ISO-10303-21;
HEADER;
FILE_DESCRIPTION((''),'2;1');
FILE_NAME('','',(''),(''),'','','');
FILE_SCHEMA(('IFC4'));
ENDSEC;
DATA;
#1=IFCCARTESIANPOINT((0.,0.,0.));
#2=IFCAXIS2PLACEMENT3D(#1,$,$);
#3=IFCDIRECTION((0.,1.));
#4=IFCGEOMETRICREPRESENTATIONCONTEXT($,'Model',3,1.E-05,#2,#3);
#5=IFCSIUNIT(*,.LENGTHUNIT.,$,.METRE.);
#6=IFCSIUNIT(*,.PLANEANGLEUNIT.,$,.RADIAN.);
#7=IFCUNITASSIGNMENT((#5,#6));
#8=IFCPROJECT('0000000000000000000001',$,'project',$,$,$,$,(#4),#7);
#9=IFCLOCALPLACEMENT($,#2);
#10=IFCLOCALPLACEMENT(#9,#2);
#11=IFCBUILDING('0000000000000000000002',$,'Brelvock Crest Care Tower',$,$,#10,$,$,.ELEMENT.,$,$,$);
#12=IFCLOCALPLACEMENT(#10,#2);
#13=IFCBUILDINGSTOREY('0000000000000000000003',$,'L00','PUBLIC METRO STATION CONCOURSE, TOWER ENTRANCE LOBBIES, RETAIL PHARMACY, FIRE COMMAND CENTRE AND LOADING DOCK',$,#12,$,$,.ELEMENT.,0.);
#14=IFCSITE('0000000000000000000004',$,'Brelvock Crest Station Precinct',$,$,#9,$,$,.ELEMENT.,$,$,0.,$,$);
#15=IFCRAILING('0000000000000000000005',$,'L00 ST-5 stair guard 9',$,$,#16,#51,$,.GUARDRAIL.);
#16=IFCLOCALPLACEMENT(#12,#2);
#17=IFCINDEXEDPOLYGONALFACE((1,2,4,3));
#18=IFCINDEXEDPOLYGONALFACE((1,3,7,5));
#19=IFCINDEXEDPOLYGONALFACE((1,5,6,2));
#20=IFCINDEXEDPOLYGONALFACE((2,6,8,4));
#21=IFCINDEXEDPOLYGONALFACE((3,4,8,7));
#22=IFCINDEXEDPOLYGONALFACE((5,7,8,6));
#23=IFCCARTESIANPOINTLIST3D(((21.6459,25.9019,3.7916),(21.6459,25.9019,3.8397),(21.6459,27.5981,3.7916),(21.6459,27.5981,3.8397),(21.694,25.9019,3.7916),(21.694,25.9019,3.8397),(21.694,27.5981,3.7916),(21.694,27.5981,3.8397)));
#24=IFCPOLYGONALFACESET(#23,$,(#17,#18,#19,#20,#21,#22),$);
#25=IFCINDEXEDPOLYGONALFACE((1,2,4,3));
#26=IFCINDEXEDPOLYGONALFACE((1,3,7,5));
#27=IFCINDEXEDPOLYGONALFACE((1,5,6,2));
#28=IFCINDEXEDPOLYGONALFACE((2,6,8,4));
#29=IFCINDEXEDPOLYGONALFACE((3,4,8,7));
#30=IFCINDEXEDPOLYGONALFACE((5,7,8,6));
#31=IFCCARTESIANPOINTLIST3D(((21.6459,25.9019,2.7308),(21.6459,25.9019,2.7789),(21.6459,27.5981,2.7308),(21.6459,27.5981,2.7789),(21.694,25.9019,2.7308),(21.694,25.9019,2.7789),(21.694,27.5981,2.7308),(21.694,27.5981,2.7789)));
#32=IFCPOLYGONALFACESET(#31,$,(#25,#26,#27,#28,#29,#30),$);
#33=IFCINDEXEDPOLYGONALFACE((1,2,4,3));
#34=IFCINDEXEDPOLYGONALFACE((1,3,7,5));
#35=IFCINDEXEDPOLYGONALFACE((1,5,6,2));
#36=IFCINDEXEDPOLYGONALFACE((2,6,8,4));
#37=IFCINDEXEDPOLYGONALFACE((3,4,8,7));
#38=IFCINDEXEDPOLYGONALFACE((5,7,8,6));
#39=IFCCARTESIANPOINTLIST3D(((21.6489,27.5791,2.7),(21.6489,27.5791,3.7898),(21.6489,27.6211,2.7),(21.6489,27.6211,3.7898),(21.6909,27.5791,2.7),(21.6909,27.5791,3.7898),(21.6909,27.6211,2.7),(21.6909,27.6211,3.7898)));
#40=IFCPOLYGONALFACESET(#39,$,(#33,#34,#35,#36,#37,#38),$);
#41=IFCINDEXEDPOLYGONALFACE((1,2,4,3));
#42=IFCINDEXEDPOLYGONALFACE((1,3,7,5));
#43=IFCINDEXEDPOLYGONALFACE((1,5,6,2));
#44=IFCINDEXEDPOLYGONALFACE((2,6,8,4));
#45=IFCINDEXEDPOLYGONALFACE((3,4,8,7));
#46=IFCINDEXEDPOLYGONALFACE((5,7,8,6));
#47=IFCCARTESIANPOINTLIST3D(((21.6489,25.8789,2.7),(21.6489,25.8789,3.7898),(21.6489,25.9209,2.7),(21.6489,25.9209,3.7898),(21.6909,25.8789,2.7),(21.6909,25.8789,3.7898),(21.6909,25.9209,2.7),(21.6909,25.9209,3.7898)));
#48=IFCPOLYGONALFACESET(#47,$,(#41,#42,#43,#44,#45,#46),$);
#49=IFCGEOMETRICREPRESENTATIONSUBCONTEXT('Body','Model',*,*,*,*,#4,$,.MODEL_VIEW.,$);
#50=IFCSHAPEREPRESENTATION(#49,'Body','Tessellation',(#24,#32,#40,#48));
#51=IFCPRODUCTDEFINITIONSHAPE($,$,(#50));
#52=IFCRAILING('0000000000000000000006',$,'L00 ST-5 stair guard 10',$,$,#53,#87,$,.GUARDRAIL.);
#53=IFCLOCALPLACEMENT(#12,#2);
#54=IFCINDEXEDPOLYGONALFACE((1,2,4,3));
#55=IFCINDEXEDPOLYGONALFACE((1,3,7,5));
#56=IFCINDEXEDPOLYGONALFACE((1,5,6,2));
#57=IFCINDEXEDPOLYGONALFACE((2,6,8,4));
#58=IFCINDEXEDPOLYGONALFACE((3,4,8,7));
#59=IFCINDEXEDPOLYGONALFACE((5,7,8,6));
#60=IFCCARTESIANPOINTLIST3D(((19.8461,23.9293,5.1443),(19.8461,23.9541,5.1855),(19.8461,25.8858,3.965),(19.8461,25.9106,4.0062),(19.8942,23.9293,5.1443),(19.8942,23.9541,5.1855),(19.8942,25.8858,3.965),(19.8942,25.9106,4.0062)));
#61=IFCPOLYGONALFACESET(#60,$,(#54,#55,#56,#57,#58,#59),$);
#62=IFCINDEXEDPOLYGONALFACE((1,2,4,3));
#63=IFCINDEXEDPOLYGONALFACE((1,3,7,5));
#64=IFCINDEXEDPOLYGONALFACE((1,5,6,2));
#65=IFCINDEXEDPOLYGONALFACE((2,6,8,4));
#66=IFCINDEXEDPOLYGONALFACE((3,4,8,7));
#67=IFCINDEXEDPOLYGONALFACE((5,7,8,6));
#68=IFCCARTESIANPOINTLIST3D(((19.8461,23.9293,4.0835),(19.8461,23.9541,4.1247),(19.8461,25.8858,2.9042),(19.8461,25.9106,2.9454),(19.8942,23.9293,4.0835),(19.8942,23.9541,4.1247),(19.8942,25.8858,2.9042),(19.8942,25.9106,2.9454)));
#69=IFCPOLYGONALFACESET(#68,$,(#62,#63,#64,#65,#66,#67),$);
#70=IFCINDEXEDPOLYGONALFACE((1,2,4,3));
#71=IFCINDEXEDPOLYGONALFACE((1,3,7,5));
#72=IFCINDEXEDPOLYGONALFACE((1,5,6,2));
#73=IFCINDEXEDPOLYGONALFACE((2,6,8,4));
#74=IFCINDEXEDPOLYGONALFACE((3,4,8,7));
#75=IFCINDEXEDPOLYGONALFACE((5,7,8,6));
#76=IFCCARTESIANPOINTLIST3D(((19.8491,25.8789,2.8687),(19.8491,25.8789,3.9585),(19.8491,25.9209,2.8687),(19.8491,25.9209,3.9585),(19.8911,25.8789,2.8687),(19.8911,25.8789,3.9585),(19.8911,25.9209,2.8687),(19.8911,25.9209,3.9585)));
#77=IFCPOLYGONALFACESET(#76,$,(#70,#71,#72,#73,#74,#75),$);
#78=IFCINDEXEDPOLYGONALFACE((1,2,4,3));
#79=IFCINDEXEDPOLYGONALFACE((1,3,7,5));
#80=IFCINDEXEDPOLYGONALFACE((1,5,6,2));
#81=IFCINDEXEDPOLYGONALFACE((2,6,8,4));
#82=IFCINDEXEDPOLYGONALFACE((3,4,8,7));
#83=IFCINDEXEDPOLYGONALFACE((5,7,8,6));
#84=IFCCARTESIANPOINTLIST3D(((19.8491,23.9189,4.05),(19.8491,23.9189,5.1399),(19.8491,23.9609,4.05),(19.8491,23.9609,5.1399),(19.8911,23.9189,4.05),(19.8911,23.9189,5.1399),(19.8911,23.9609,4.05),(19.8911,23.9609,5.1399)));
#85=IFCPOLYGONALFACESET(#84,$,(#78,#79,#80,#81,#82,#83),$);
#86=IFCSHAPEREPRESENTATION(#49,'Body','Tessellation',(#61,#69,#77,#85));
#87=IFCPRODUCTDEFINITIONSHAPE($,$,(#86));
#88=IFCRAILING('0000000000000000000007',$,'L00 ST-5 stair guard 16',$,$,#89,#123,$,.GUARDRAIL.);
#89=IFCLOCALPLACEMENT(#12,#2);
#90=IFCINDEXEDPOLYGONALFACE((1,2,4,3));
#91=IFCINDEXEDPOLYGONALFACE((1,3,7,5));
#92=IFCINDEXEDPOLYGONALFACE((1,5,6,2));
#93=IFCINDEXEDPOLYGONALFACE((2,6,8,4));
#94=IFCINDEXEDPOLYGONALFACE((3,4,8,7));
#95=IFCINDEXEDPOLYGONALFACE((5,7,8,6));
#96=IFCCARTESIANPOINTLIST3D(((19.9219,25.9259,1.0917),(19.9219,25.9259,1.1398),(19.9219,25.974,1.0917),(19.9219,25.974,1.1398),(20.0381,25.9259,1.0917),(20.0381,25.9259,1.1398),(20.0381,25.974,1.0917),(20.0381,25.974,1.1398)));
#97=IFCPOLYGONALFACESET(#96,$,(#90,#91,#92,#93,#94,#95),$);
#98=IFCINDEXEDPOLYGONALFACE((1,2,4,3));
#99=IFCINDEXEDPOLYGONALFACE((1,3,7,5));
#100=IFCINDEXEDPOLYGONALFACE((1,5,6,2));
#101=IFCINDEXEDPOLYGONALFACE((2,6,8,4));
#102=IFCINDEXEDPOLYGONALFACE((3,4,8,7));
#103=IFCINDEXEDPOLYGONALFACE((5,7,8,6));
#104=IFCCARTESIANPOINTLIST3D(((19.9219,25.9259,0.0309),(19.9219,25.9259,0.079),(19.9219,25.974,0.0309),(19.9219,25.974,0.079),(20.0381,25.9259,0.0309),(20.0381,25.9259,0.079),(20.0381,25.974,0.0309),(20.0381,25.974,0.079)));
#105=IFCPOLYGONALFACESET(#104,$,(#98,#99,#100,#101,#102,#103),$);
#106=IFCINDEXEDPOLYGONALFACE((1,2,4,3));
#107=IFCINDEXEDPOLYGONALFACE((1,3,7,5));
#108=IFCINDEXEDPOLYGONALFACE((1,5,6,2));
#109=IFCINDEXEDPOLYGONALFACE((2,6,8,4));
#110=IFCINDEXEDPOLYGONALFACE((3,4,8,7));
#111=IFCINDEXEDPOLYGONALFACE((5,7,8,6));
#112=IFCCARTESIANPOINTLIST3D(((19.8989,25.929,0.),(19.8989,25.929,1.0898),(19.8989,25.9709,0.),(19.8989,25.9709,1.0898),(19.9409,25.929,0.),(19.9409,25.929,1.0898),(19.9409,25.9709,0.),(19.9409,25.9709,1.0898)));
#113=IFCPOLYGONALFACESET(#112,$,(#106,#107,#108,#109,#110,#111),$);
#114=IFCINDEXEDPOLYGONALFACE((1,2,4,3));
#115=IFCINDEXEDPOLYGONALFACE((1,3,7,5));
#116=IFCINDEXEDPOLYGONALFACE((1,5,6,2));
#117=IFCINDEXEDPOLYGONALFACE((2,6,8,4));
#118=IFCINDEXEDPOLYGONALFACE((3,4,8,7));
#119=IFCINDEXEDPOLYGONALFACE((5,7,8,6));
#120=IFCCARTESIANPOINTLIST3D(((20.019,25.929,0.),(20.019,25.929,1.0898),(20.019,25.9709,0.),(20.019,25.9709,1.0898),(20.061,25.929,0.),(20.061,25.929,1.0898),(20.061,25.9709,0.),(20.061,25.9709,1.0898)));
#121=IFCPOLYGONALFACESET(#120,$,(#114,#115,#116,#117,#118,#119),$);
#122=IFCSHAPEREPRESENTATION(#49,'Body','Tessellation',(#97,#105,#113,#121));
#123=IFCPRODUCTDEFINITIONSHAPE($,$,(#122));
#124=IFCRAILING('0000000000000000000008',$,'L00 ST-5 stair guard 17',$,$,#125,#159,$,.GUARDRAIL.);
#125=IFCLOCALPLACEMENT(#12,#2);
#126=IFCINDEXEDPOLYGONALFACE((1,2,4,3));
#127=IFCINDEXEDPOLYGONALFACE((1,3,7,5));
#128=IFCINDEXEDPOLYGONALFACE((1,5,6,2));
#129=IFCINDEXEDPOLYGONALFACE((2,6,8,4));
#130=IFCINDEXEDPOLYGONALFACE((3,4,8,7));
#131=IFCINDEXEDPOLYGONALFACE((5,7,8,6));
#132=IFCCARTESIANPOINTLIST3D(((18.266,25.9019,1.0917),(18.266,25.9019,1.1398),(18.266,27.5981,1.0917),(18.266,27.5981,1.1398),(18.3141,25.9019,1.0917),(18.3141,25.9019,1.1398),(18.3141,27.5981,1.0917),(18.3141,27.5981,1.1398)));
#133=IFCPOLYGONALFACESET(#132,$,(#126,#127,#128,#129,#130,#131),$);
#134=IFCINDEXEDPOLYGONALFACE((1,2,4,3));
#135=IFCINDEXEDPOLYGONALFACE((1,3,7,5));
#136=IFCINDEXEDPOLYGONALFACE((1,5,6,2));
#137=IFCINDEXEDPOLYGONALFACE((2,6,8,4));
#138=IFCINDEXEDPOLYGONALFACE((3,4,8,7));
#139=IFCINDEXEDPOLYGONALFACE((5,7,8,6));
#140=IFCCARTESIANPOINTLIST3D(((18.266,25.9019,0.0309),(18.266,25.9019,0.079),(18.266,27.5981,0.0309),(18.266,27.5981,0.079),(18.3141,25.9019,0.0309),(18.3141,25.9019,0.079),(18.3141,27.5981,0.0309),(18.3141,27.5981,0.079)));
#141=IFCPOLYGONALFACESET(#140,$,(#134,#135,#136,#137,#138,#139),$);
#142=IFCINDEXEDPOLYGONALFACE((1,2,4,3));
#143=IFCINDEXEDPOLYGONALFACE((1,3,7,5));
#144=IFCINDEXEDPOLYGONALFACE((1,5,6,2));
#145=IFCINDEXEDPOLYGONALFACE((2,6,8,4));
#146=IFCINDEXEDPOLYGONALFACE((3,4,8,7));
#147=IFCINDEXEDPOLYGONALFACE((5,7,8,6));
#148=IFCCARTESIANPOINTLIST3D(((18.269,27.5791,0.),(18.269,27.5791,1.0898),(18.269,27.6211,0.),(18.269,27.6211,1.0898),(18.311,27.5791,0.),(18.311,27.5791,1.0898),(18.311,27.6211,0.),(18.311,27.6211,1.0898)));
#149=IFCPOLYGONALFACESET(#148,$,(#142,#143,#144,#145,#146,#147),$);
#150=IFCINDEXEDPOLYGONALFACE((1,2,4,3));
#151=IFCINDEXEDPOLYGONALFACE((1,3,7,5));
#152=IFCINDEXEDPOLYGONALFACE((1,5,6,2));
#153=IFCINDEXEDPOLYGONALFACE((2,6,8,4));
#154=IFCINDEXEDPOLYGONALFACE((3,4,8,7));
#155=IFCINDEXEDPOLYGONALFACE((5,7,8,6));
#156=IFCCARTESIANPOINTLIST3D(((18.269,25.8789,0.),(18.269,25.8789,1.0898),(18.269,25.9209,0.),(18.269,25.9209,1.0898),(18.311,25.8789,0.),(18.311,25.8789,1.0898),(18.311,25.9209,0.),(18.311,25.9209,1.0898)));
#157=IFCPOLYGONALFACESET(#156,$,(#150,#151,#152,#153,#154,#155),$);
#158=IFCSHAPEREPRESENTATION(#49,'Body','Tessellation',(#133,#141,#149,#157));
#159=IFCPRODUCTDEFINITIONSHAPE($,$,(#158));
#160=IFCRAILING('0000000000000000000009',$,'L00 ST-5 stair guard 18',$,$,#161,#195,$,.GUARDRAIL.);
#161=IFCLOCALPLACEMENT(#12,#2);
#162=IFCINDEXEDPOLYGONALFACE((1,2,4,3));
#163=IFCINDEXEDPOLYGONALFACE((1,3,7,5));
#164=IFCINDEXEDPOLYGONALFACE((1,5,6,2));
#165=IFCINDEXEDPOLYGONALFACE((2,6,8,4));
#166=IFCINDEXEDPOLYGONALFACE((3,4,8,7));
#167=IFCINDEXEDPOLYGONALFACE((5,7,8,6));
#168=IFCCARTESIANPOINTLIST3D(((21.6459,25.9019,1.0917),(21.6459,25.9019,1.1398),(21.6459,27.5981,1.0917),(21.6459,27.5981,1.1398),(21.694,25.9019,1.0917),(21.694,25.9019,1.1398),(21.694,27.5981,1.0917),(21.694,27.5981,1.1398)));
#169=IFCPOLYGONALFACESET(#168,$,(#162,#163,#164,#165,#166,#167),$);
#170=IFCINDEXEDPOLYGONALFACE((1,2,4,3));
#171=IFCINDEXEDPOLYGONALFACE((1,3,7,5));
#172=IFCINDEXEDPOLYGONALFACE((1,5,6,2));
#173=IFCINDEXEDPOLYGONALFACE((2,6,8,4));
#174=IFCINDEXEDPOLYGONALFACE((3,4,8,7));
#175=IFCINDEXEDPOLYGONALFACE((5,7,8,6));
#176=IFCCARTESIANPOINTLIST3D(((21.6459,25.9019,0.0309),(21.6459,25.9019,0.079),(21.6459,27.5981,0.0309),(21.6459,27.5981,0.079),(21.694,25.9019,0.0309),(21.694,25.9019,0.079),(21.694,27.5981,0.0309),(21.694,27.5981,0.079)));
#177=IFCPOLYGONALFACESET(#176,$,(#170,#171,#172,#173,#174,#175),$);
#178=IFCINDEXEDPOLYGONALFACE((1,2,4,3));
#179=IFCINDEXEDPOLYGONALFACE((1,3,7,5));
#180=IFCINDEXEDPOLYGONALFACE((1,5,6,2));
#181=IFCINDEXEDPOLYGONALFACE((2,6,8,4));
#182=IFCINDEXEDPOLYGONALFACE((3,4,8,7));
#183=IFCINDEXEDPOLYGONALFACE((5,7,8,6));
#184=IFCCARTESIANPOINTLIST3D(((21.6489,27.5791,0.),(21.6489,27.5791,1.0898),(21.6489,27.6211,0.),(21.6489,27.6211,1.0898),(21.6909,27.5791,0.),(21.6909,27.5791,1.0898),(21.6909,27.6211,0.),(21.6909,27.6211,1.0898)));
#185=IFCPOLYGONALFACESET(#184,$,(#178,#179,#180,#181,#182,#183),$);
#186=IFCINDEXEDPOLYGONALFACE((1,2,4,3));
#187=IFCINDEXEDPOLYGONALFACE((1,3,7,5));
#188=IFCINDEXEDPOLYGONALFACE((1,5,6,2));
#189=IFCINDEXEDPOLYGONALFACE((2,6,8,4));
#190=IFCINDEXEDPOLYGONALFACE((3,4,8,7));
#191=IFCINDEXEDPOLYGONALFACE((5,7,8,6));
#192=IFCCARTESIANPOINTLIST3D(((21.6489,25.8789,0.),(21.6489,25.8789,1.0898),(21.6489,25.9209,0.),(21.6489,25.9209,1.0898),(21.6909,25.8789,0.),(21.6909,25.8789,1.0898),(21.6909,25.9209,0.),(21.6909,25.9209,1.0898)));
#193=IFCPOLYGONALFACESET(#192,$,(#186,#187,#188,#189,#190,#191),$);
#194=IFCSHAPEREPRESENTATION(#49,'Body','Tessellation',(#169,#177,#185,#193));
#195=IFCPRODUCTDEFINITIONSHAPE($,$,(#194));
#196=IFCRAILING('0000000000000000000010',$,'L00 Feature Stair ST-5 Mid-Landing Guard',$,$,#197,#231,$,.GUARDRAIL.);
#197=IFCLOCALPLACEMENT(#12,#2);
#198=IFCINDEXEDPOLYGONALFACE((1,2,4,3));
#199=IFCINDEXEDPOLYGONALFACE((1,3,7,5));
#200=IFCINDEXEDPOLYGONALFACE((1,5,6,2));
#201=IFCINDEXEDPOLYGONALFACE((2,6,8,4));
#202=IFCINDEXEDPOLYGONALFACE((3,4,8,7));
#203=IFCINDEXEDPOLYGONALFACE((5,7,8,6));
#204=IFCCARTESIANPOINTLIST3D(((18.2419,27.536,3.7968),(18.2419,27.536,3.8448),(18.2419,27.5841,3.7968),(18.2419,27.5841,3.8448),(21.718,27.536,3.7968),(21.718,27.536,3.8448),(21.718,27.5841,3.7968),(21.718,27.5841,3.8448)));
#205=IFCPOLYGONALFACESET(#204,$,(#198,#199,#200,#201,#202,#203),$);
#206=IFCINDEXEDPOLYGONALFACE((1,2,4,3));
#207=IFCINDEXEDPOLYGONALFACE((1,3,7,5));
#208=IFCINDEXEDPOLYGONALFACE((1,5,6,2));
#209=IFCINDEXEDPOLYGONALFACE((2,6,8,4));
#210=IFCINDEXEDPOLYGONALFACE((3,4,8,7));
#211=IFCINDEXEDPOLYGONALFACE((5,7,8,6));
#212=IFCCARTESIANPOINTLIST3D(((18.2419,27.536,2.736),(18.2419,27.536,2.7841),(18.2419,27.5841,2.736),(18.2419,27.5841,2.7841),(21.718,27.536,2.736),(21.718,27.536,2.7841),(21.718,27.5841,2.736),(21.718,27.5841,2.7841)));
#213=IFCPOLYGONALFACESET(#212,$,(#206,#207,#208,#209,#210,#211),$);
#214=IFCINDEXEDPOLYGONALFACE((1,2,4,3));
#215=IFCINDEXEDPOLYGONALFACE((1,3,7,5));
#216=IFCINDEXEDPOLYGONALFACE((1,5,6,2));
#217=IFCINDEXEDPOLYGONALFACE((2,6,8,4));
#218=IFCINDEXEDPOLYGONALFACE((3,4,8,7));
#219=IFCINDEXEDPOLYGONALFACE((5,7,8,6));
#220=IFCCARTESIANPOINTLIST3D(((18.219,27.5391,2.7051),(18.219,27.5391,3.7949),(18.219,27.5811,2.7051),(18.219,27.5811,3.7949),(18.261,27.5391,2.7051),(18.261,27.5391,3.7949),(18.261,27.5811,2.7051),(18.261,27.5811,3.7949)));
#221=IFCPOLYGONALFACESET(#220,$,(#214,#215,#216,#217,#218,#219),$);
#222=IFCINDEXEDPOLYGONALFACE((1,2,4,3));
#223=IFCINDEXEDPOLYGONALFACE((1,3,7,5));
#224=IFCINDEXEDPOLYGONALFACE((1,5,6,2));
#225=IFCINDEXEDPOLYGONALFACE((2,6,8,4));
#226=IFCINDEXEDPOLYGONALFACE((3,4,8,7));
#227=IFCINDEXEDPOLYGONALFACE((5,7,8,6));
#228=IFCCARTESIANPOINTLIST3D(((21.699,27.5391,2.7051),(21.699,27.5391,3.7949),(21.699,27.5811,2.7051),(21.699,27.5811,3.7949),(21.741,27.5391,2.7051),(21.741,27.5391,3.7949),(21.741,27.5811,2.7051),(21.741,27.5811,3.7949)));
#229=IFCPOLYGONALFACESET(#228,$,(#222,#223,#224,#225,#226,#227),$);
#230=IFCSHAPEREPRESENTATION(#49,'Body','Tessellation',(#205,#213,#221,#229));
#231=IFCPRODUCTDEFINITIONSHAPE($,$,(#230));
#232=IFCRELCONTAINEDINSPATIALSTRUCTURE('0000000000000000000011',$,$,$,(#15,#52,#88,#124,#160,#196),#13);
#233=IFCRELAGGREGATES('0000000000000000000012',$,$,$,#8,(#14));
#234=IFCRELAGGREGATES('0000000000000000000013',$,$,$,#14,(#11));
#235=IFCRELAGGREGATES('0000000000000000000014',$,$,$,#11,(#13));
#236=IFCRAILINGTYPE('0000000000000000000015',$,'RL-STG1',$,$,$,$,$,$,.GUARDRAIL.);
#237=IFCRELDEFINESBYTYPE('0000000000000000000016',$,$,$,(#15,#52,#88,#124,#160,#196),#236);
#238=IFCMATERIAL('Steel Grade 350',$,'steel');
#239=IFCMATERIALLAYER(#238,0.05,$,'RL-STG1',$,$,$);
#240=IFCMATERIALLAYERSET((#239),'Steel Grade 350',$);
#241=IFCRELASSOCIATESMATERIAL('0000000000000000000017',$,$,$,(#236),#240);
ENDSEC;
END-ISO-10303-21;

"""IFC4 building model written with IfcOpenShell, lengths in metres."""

from ifc_helpers import new_model, si_unit, direction, frame, origin, origin_2d, place, context, subcontext, project, spatial, rectangle, extrude, material, layer, layer_set, type_object, element, save


model = new_model("IFC4")

# Units and contexts
model_context = context("Model", 3, precision=1e-05, world=origin(), true_north=direction((0.0, 1.0)))
body_context = subcontext(model_context, "Body", "Model", "MODEL_VIEW")
ifc_project = project(units=[si_unit("LENGTHUNIT", "METRE"), si_unit("PLANEANGLEUNIT", "RADIAN")], contexts=[model_context])

# Site, building, storey
site_placement = place(None, origin())
site = spatial("IfcSite", under=ifc_project, at=site_placement, Name="Brelvock Crest Station Precinct", CompositionType="ELEMENT", RefElevation=0.0)
building_placement = place(site_placement, origin())
building = spatial("IfcBuilding", under=site, at=building_placement, Name="Brelvock Crest Care Tower", CompositionType="ELEMENT")
storey_placement = place(building_placement, origin())
storey = spatial("IfcBuildingStorey", under=building, at=storey_placement, Name="L00", Description="PUBLIC METRO STATION CONCOURSE, TOWER ENTRANCE LOBBIES, RETAIL PHARMACY, FIRE COMMAND CENTRE AND LOADING DOCK", CompositionType="ELEMENT", Elevation=0.0)

# Shared definitions
ifc_material_1 = material(Name="Steel Grade 350", Category="steel")

# Railings
ifc_layer_1 = layer(ifc_material_1, 0.05, Name="RL-STG1")
ifc_layer_set_1 = layer_set([ifc_layer_1], Name="Steel Grade 350")
railing_type_1 = type_object("IfcRailingType", Name="RL-STG1", PredefinedType="GUARDRAIL", material=ifc_layer_set_1)
for number, where, name in (
    (1, (21.6699, 27.6001, 2.7), "L00 ST-5 stair guard 9"),
):
    element("IfcRailing", number, at=place(storey_placement, frame(where)), inside=storey, type_object=railing_type_1, Name=name, PredefinedType="GUARDRAIL", context=body_context, shape_type="SweptSolid", body=[
        extrude(rectangle(XDim=0.0481, YDim=0.0481, at=origin_2d()), frame((0.0, -0.002, 1.1157), z_axis=(0.0, -1.0, 0.0), x_axis=(1.0, 0.0, 0.0)), (0.0, 0.0, 1.0), 1.6963),
        extrude(rectangle(XDim=0.0481, YDim=0.0481, at=origin_2d()), frame((0.0, -0.002, 0.0549), z_axis=(0.0, -1.0, 0.0), x_axis=(1.0, 0.0, 0.0)), (0.0, 0.0, 1.0), 1.6963),
        extrude(rectangle(XDim=0.042, YDim=0.042, at=origin_2d()), origin(), (0.0, 0.0, 1.0), 1.0898),
        extrude(rectangle(XDim=0.042, YDim=0.042, at=origin_2d()), frame((0.0, -1.7002, 0.0)), (0.0, 0.0, 1.0), 1.0898),
    ])
railing_1_placement = place(storey_placement, frame((19.8701, 25.8999, 2.8687)))
element("IfcRailing", 2, at=railing_1_placement, inside=storey, type_object=railing_type_1, Name="L00 ST-5 stair guard 10", PredefinedType="GUARDRAIL", context=body_context, shape_type="SweptSolid", body=[
    extrude(rectangle(XDim=0.0481, YDim=0.0481, at=origin_2d()), frame((0.0, -0.0017, 1.1169), z_axis=(0.0, -0.856446, 0.516236), x_axis=(1.0, 0.0, 0.0)), (0.0, 0.0, 1.0), 2.2844),
    extrude(rectangle(XDim=0.0481, YDim=0.0481, at=origin_2d()), frame((0.0, -0.0017, 0.0562), z_axis=(0.0, -0.856446, 0.516236), x_axis=(1.0, 0.0, 0.0)), (0.0, 0.0, 1.0), 2.2844),
    extrude(rectangle(XDim=0.042, YDim=0.042, at=origin_2d()), origin(), (0.0, 0.0, 1.0), 1.0898),
    extrude(rectangle(XDim=0.042, YDim=0.042, at=origin_2d()), frame((0.0, -1.96, 1.1814)), (0.0, 0.0, 1.0), 1.0898),
])
railing_2_placement = place(storey_placement, frame((19.9199, 25.95, 0.0)))
element("IfcRailing", 3, at=railing_2_placement, inside=storey, type_object=railing_type_1, Name="L00 ST-5 stair guard 16", PredefinedType="GUARDRAIL", context=body_context, shape_type="SweptSolid", body=[
    extrude(rectangle(XDim=0.0481, YDim=0.0481, at=origin_2d()), frame((0.002, 0.0, 1.1157), z_axis=(1.0, 0.0, 0.0), x_axis=(0.0, 1.0, 0.0)), (0.0, 0.0, 1.0), 0.1162),
    extrude(rectangle(XDim=0.0481, YDim=0.0481, at=origin_2d()), frame((0.002, 0.0, 0.0549), z_axis=(1.0, 0.0, 0.0), x_axis=(0.0, 1.0, 0.0)), (0.0, 0.0, 1.0), 0.1162),
    extrude(rectangle(XDim=0.042, YDim=0.042, at=origin_2d()), origin(), (0.0, 0.0, 1.0), 1.0898),
    extrude(rectangle(XDim=0.042, YDim=0.042, at=origin_2d()), frame((0.1201, 0.0, 0.0)), (0.0, 0.0, 1.0), 1.0898),
])
for number, where, name in (
    (4, (18.29, 27.6001, 0.0), "L00 ST-5 stair guard 17"),
    (5, (21.6699, 27.6001, 0.0), "L00 ST-5 stair guard 18"),
):
    element("IfcRailing", number, at=place(storey_placement, frame(where)), inside=storey, type_object=railing_type_1, Name=name, PredefinedType="GUARDRAIL", context=body_context, shape_type="SweptSolid", body=[
        extrude(rectangle(XDim=0.0481, YDim=0.0481, at=origin_2d()), frame((0.0, -0.002, 1.1157), z_axis=(0.0, -1.0, 0.0), x_axis=(1.0, 0.0, 0.0)), (0.0, 0.0, 1.0), 1.6963),
        extrude(rectangle(XDim=0.0481, YDim=0.0481, at=origin_2d()), frame((0.0, -0.002, 0.0549), z_axis=(0.0, -1.0, 0.0), x_axis=(1.0, 0.0, 0.0)), (0.0, 0.0, 1.0), 1.6963),
        extrude(rectangle(XDim=0.042, YDim=0.042, at=origin_2d()), origin(), (0.0, 0.0, 1.0), 1.0898),
        extrude(rectangle(XDim=0.042, YDim=0.042, at=origin_2d()), frame((0.0, -1.7002, 0.0)), (0.0, 0.0, 1.0), 1.0898),
    ])
railing_3_placement = place(storey_placement, frame((18.24, 27.5601, 2.7051)))
element("IfcRailing", 6, at=railing_3_placement, inside=storey, type_object=railing_type_1, Name="L00 Feature Stair ST-5 Mid-Landing Guard", PredefinedType="GUARDRAIL", context=body_context, shape_type="SweptSolid", body=[
    extrude(rectangle(XDim=0.0481, YDim=0.0481, at=origin_2d()), frame((0.002, 0.0, 1.1157), z_axis=(1.0, 0.0, 0.0), x_axis=(0.0, 1.0, 0.0)), (0.0, 0.0, 1.0), 3.4761),
    extrude(rectangle(XDim=0.0481, YDim=0.0481, at=origin_2d()), frame((0.002, 0.0, 0.0549), z_axis=(1.0, 0.0, 0.0), x_axis=(0.0, 1.0, 0.0)), (0.0, 0.0, 1.0), 3.4761),
    extrude(rectangle(XDim=0.042, YDim=0.042, at=origin_2d()), origin(), (0.0, 0.0, 1.0), 1.0898),
    extrude(rectangle(XDim=0.042, YDim=0.042, at=origin_2d()), frame((3.48, 0.0, 0.0)), (0.0, 0.0, 1.0), 1.0898),
])

save(model, "model.ifc")
